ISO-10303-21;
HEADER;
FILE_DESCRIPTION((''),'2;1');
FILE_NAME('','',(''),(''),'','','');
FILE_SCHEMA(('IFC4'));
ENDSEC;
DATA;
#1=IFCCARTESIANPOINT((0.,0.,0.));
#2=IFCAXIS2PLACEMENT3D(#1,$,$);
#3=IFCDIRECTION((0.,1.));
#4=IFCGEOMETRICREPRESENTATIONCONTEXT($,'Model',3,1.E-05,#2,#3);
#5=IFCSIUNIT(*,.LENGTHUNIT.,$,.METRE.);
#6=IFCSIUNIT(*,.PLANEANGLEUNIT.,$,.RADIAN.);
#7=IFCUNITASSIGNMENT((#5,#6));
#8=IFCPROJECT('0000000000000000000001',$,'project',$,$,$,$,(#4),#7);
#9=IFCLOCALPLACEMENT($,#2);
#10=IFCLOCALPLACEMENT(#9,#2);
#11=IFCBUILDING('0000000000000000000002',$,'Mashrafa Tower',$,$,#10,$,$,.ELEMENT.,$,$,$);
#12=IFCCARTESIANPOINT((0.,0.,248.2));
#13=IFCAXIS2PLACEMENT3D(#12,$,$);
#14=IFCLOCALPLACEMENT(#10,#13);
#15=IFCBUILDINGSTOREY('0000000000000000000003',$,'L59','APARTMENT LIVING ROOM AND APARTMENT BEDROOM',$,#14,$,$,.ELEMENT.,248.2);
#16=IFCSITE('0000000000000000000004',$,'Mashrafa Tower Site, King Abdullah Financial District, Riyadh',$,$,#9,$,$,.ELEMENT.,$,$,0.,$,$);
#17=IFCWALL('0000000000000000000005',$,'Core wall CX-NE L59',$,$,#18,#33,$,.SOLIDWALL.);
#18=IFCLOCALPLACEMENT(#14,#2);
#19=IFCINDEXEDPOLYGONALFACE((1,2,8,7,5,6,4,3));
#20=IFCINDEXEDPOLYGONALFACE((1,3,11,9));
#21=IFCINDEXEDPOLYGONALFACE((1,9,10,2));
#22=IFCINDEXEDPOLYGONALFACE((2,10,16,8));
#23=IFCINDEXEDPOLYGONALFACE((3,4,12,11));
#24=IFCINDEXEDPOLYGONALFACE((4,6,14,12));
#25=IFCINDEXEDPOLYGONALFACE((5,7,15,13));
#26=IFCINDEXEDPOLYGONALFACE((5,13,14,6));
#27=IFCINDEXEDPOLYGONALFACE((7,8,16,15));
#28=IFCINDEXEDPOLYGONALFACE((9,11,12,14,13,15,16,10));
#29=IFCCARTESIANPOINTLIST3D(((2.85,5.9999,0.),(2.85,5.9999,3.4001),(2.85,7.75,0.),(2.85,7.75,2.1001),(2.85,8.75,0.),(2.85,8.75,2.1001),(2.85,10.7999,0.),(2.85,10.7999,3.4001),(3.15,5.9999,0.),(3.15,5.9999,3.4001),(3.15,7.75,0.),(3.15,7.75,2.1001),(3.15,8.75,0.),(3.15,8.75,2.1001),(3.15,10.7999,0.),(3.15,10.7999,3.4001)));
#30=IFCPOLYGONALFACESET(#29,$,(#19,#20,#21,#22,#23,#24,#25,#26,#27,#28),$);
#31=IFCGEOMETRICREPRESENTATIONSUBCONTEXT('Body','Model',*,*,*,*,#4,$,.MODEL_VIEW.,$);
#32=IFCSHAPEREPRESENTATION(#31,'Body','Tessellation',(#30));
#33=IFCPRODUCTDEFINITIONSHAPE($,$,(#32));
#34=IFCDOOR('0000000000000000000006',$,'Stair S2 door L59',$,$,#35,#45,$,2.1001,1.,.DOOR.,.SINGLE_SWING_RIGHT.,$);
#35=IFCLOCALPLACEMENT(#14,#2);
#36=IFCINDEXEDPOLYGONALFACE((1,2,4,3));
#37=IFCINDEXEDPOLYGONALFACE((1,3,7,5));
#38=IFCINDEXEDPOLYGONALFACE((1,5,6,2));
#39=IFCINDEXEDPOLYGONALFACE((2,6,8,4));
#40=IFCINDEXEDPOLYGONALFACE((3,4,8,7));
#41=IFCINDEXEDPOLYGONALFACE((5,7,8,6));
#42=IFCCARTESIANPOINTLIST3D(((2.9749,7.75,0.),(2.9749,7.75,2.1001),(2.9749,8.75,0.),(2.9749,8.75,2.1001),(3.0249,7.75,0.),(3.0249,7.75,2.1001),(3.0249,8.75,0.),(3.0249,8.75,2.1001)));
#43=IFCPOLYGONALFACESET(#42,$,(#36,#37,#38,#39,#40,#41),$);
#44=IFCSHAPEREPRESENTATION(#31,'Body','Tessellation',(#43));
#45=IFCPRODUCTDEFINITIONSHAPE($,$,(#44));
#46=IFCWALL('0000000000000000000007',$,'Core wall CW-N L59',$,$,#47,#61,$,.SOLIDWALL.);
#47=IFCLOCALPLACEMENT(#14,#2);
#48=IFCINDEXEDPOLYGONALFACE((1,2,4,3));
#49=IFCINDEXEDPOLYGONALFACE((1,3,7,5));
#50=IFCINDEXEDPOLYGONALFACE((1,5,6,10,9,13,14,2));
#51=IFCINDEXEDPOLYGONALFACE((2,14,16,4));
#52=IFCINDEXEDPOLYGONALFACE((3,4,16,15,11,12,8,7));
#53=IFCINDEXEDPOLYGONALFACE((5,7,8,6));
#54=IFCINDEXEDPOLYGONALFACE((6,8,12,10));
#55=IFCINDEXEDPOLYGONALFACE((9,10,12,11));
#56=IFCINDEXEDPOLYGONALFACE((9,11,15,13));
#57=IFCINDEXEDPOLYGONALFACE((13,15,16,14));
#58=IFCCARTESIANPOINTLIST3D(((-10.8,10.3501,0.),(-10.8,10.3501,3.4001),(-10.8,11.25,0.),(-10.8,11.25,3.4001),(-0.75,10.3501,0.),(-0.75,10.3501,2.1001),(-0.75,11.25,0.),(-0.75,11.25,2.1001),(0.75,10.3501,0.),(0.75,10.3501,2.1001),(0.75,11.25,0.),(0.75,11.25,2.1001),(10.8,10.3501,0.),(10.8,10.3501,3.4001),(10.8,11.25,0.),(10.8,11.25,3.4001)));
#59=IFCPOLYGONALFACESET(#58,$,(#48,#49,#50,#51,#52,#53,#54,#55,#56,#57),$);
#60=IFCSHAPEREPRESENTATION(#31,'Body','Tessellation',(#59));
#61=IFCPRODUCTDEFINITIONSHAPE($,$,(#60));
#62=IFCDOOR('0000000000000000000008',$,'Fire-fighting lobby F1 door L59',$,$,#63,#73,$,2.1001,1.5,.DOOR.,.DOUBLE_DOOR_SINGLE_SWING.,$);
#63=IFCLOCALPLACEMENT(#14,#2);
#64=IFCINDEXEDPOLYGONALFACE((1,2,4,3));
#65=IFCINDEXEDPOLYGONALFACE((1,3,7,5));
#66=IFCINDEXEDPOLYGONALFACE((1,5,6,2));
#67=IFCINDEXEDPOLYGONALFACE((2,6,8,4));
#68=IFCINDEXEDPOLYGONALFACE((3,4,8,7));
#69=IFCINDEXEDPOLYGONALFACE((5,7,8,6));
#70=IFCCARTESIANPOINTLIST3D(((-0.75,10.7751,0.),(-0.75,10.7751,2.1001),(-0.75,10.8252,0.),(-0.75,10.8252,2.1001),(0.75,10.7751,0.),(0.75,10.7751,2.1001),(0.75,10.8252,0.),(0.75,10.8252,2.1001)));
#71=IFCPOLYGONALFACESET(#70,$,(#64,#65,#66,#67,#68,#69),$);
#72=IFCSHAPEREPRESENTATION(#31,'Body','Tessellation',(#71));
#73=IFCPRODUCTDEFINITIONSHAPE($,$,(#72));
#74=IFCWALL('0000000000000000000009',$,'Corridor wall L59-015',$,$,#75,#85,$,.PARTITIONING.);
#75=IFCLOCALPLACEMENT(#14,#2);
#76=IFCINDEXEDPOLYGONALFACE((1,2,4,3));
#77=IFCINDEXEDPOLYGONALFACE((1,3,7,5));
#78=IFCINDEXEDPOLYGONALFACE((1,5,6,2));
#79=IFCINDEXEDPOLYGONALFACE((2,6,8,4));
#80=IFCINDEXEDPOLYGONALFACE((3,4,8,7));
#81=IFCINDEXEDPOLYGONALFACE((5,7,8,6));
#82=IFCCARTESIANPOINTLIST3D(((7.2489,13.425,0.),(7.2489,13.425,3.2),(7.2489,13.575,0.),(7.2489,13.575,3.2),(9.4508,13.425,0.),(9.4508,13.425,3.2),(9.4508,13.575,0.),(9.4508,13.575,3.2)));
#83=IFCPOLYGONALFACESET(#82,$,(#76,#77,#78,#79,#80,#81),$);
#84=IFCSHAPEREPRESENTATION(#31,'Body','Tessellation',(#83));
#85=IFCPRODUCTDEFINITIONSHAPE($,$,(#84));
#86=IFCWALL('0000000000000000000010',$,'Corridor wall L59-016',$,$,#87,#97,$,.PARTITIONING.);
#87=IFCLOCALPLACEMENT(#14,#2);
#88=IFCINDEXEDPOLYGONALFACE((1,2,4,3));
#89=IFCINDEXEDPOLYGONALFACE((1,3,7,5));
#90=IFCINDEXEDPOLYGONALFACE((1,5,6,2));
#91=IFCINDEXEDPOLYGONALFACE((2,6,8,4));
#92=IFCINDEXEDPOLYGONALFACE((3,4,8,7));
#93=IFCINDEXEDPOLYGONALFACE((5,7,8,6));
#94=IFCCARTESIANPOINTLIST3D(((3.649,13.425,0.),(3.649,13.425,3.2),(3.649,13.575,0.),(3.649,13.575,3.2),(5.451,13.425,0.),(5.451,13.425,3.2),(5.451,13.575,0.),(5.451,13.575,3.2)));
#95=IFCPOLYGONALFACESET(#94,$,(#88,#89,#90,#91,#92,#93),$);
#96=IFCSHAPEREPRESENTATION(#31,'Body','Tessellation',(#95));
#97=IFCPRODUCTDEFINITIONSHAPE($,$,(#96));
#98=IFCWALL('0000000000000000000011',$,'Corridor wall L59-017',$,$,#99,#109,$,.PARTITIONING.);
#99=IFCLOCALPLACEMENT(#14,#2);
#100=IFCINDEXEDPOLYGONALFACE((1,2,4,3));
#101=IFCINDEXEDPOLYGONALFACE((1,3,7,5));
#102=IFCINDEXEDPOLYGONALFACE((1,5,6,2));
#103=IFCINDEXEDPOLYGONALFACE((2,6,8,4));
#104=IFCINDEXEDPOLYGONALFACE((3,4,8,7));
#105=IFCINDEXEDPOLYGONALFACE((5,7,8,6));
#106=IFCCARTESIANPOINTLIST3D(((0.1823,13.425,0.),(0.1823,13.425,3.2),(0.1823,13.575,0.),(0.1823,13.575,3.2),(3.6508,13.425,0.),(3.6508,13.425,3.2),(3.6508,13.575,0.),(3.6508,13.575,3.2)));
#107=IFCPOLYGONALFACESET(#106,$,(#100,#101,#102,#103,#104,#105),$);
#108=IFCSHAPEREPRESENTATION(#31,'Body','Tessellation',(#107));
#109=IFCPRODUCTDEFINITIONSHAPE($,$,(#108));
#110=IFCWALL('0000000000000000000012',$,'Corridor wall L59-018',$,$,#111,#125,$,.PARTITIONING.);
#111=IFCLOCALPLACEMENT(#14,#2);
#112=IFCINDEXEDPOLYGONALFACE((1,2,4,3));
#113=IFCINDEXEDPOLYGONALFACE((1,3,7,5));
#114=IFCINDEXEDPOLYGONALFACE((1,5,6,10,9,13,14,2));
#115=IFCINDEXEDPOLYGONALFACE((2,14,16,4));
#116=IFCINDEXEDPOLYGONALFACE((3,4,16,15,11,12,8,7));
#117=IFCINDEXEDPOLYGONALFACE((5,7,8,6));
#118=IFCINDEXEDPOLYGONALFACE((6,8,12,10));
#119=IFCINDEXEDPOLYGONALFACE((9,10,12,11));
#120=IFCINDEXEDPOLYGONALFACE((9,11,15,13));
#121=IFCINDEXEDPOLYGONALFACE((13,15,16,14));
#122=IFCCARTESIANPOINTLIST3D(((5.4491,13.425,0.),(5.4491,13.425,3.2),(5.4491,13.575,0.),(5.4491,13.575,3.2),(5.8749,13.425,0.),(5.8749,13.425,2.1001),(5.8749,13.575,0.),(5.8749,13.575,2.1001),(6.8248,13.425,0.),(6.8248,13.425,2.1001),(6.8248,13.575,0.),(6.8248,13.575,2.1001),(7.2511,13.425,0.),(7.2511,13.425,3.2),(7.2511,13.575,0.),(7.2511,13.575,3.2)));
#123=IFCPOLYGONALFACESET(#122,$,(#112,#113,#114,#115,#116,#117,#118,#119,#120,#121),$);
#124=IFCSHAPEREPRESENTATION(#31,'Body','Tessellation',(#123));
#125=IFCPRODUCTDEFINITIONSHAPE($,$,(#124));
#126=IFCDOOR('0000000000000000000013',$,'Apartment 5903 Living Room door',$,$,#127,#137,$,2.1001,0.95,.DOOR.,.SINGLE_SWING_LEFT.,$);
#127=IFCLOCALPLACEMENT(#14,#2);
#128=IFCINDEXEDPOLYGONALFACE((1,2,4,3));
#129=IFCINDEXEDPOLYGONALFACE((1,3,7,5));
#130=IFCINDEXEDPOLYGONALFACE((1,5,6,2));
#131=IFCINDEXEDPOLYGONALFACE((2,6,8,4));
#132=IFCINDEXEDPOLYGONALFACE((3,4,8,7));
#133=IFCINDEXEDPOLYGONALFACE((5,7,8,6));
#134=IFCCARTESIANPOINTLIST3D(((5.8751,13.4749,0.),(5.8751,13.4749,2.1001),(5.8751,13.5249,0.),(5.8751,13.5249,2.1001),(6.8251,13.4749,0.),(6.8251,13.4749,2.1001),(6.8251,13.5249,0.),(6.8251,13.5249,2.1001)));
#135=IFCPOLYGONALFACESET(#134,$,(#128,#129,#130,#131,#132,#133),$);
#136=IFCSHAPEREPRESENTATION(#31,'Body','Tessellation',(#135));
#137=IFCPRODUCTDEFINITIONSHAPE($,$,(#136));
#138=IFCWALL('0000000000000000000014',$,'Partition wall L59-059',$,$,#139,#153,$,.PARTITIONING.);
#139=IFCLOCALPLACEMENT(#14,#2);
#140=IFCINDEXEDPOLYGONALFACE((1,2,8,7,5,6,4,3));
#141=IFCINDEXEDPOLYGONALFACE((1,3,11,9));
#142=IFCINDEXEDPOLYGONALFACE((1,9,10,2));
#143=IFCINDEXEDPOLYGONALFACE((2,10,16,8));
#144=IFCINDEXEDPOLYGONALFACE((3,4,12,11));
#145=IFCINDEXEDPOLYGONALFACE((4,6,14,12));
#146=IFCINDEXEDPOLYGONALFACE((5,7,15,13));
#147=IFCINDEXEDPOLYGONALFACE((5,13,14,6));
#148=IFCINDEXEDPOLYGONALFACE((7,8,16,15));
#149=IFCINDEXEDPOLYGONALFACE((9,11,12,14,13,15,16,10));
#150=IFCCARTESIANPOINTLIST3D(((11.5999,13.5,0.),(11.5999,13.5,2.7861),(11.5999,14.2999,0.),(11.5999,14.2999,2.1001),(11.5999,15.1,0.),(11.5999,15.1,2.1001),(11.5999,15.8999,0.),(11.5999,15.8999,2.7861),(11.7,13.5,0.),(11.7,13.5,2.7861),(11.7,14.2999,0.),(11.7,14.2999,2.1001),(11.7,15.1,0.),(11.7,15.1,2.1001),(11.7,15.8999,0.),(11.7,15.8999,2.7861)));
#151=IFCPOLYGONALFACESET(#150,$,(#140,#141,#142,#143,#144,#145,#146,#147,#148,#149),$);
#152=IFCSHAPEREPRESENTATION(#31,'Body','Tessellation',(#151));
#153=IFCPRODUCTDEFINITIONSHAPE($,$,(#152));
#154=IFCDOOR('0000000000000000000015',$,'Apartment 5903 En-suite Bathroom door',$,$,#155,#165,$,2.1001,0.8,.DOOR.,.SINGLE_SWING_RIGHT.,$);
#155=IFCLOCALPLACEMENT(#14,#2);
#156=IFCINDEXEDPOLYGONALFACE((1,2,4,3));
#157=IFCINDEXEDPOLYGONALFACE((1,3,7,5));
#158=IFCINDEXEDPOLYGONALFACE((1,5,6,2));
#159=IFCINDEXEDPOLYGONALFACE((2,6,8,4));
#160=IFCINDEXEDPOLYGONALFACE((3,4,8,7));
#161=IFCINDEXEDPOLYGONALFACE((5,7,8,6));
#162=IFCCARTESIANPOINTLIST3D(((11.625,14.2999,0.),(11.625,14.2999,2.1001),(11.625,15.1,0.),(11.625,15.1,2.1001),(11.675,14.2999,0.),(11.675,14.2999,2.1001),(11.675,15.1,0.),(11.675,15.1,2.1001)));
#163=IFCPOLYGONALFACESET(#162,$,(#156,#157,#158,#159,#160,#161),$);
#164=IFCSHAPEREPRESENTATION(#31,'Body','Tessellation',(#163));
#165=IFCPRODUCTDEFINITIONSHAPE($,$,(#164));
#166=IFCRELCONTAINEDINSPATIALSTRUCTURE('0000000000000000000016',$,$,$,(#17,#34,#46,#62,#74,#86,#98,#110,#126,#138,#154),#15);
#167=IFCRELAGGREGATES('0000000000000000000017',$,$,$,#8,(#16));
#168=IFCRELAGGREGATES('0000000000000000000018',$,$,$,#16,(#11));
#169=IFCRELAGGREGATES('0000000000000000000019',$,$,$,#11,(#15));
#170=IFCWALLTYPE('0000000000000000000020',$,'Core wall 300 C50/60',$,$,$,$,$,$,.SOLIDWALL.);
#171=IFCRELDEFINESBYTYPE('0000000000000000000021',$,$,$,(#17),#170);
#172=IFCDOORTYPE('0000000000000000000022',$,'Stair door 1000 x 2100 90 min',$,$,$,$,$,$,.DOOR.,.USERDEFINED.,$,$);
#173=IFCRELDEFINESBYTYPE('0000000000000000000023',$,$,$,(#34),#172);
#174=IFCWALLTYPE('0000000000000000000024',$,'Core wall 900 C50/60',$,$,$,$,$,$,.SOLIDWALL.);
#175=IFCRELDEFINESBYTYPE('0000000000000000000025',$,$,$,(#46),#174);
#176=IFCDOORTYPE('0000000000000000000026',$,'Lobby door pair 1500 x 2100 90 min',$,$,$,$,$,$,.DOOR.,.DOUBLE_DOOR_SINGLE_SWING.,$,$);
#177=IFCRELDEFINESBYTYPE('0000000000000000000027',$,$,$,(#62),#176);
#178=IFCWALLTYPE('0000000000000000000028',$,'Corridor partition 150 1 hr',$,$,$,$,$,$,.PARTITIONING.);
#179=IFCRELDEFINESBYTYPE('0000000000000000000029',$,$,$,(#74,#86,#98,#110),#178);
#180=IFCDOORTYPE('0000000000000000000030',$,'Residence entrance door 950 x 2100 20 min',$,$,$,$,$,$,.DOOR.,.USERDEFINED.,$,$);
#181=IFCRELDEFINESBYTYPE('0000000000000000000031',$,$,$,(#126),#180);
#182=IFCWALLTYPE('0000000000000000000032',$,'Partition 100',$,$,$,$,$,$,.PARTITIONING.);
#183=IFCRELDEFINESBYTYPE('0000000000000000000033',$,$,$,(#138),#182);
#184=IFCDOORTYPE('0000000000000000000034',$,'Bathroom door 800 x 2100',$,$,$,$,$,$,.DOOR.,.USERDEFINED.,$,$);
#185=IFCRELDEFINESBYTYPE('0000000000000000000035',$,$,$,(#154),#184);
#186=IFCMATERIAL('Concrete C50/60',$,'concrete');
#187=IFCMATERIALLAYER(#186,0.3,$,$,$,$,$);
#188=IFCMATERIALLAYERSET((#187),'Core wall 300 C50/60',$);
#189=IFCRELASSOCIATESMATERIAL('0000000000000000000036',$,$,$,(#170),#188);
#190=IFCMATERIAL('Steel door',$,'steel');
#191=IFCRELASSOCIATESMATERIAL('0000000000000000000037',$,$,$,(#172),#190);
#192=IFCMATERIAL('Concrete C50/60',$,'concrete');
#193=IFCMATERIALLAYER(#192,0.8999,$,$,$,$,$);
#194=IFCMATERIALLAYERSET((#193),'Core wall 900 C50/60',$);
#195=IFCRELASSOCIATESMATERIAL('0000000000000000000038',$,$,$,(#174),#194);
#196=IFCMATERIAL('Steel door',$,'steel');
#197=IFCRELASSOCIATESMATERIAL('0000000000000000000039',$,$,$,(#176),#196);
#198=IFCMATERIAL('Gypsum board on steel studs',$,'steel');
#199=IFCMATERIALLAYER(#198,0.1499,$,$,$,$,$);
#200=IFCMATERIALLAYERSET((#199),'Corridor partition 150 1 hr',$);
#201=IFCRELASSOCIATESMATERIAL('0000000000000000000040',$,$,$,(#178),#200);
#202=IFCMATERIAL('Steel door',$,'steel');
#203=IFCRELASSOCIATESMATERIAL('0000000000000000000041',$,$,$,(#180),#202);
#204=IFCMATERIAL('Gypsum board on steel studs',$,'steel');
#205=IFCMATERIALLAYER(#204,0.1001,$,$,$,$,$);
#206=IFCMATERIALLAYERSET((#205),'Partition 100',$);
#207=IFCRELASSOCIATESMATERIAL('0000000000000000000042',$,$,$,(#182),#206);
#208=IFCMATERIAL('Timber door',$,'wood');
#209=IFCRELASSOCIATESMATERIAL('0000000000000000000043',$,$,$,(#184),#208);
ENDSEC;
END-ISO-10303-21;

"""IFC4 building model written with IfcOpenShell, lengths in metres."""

from ifc_helpers import new_model, si_unit, direction, frame, frame_2d, origin, place, context, subcontext, project, spatial, rectangle, extrude, material, layer, layer_set, type_object, element, fill, save


model = new_model("IFC4")

# Units and contexts
model_context = context("Model", 3, precision=1e-05, world=origin(), true_north=direction((0.0, 1.0)))
body_context = subcontext(model_context, "Body", "Model", "MODEL_VIEW")
ifc_project = project(units=[si_unit("LENGTHUNIT", "METRE"), si_unit("PLANEANGLEUNIT", "RADIAN")], contexts=[model_context])

# Site, building, storey
site_placement = place(None, origin())
site = spatial("IfcSite", under=ifc_project, at=site_placement, Name="Mashrafa Tower Site, King Abdullah Financial District, Riyadh", CompositionType="ELEMENT", RefElevation=0.0)
building_placement = place(site_placement, origin())
building = spatial("IfcBuilding", under=site, at=building_placement, Name="Mashrafa Tower", CompositionType="ELEMENT")
storey_placement = place(building_placement, frame((0.0, 0.0, 248.2)))
storey = spatial("IfcBuildingStorey", under=building, at=storey_placement, Name="L59", Description="APARTMENT LIVING ROOM AND APARTMENT BEDROOM", CompositionType="ELEMENT", Elevation=248.2)

# Walls, openings, doors
ifc_material_1 = material(Name="Concrete C50/60", Category="concrete")
ifc_layer_1 = layer(ifc_material_1, 0.3)
ifc_layer_set_1 = layer_set([ifc_layer_1], Name="Core wall 300 C50/60")
wall_type_1 = type_object("IfcWallType", Name="Core wall 300 C50/60", PredefinedType="SOLIDWALL", material=ifc_layer_set_1)
wall_1_placement = place(storey_placement, frame((3.0, 6.0, 0.0), z_axis=(0.0, 0.0, 1.0), x_axis=(0.0, 1.0, 0.0)))
wall_1 = element("IfcWall", 1, at=wall_1_placement, inside=storey, type_object=wall_type_1, Name="Core wall CX-NE L59", PredefinedType="SOLIDWALL", context=body_context, shape_type="SweptSolid", body=[
    extrude(rectangle(XDim=4.8, YDim=0.3, at=frame_2d((2.3999, 0.0))), origin(), (0.0, 0.0, 1.0), 3.4001),
])
opening_1_placement = place(wall_1_placement, frame((1.75, 0.0, 0.0)))
opening_1 = element("IfcOpeningElement", 2, at=opening_1_placement, cuts=wall_1, PredefinedType="OPENING", context=body_context, shape_type="SweptSolid", body=[
    extrude(rectangle(XDim=1.0, YDim=2.1001, at=frame_2d((0.5, 1.05))), frame((0.0, 0.1599, 0.0), z_axis=(0.0, -1.0, 0.0), x_axis=(1.0, 0.0, 0.0)), (0.0, 0.0, 1.0), 0.3201),
])
ifc_material_2 = material(Name="Steel door", Category="steel")
door_type_1 = type_object("IfcDoorType", Name="Stair door 1000 x 2100 90 min", OperationType="USERDEFINED", PredefinedType="DOOR", material=ifc_material_2)
door_1_placement = place(opening_1_placement, frame((1.0, 0.0, 0.0), z_axis=(0.0, 0.0, 1.0), x_axis=(-1.0, 0.0, 0.0)))
door_1 = element("IfcDoor", 3, at=door_1_placement, inside=storey, type_object=door_type_1, Name="Stair S2 door L59", OperationType="SINGLE_SWING_RIGHT", OverallHeight=2.1001, OverallWidth=1.0, PredefinedType="DOOR", context=body_context, shape_type="SweptSolid", body=[
    extrude(rectangle(XDim=1.0, YDim=2.1001, at=frame_2d((0.5, 1.05))), frame((0.0, 0.0249, 0.0), z_axis=(0.0, -1.0, 0.0), x_axis=(1.0, 0.0, 0.0)), (0.0, 0.0, 1.0), 0.05),
])
fill(opening_1, door_1)
ifc_material_3 = material(Name="Concrete C50/60", Category="concrete")
ifc_layer_2 = layer(ifc_material_3, 0.8999)
ifc_layer_set_2 = layer_set([ifc_layer_2], Name="Core wall 900 C50/60")
wall_type_2 = type_object("IfcWallType", Name="Core wall 900 C50/60", PredefinedType="SOLIDWALL", material=ifc_layer_set_2)
wall_2_placement = place(storey_placement, frame((10.8, 10.8, 0.0), z_axis=(0.0, 0.0, 1.0), x_axis=(-1.0, 0.0, 0.0)))
wall_2 = element("IfcWall", 4, at=wall_2_placement, inside=storey, type_object=wall_type_2, Name="Core wall CW-N L59", PredefinedType="SOLIDWALL", context=body_context, shape_type="SweptSolid", body=[
    extrude(rectangle(XDim=21.6001, YDim=0.8999, at=frame_2d((10.8, 0.0))), origin(), (0.0, 0.0, 1.0), 3.4001),
])
opening_2_placement = place(wall_2_placement, frame((10.05, 0.0, 0.0)))
opening_2 = element("IfcOpeningElement", 5, at=opening_2_placement, cuts=wall_2, PredefinedType="OPENING", context=body_context, shape_type="SweptSolid", body=[
    extrude(rectangle(XDim=1.5, YDim=2.1001, at=frame_2d((0.75, 1.05))), frame((0.0, 0.46, 0.0), z_axis=(0.0, -1.0, 0.0), x_axis=(1.0, 0.0, 0.0)), (0.0, 0.0, 1.0), 0.9199),
])
ifc_material_4 = material(Name="Steel door", Category="steel")
door_type_2 = type_object("IfcDoorType", Name="Lobby door pair 1500 x 2100 90 min", OperationType="DOUBLE_DOOR_SINGLE_SWING", PredefinedType="DOOR", material=ifc_material_4)
door_2_placement = place(opening_2_placement, origin())
door_2 = element("IfcDoor", 6, at=door_2_placement, inside=storey, type_object=door_type_2, Name="Fire-fighting lobby F1 door L59", OperationType="DOUBLE_DOOR_SINGLE_SWING", OverallHeight=2.1001, OverallWidth=1.5, PredefinedType="DOOR", context=body_context, shape_type="SweptSolid", body=[
    extrude(rectangle(XDim=1.5, YDim=2.1001, at=frame_2d((0.75, 1.05))), frame((0.0, 0.0249, 0.0), z_axis=(0.0, -1.0, 0.0), x_axis=(1.0, 0.0, 0.0)), (0.0, 0.0, 1.0), 0.05),
])
fill(opening_2, door_2)

# Walls
ifc_material_5 = material(Name="Gypsum board on steel studs", Category="steel")
ifc_layer_3 = layer(ifc_material_5, 0.1499)
ifc_layer_set_3 = layer_set([ifc_layer_3], Name="Corridor partition 150 1 hr")
wall_type_3 = type_object("IfcWallType", Name="Corridor partition 150 1 hr", PredefinedType="PARTITIONING", material=ifc_layer_set_3)
wall_3_placement = place(storey_placement, frame((9.4509, 13.5, 0.0), z_axis=(0.0, 0.0, 1.0), x_axis=(-1.0, 0.0, 0.0)))
element("IfcWall", 7, at=wall_3_placement, inside=storey, type_object=wall_type_3, Name="Corridor wall L59-015", PredefinedType="PARTITIONING", context=body_context, shape_type="SweptSolid", body=[
    extrude(rectangle(XDim=2.2019, YDim=0.1499, at=frame_2d((1.1011, 0.0))), origin(), (0.0, 0.0, 1.0), 3.2),
])
wall_4_placement = place(storey_placement, frame((5.4509, 13.5, 0.0), z_axis=(0.0, 0.0, 1.0), x_axis=(-1.0, 0.0, 0.0)))
element("IfcWall", 8, at=wall_4_placement, inside=storey, type_object=wall_type_3, Name="Corridor wall L59-016", PredefinedType="PARTITIONING", context=body_context, shape_type="SweptSolid", body=[
    extrude(rectangle(XDim=1.802, YDim=0.1499, at=frame_2d((0.9009, 0.0))), origin(), (0.0, 0.0, 1.0), 3.2),
])
wall_5_placement = place(storey_placement, frame((3.6509, 13.5, 0.0), z_axis=(0.0, 0.0, 1.0), x_axis=(-1.0, 0.0, 0.0)))
element("IfcWall", 9, at=wall_5_placement, inside=storey, type_object=wall_type_3, Name="Corridor wall L59-017", PredefinedType="PARTITIONING", context=body_context, shape_type="SweptSolid", body=[
    extrude(rectangle(XDim=3.4685, YDim=0.1499, at=frame_2d((1.7344, 0.0))), origin(), (0.0, 0.0, 1.0), 3.2),
])

# Walls, openings, doors
wall_6_placement = place(storey_placement, frame((7.251, 13.5, 0.0), z_axis=(0.0, 0.0, 1.0), x_axis=(-1.0, 0.0, 0.0)))
wall_6 = element("IfcWall", 10, at=wall_6_placement, inside=storey, type_object=wall_type_3, Name="Corridor wall L59-018", PredefinedType="PARTITIONING", context=body_context, shape_type="SweptSolid", body=[
    extrude(rectangle(XDim=1.802, YDim=0.1499, at=frame_2d((0.9009, 0.0))), origin(), (0.0, 0.0, 1.0), 3.2),
])
opening_3_placement = place(wall_6_placement, frame((0.426, 0.0, 0.0)))
opening_3 = element("IfcOpeningElement", 11, at=opening_3_placement, cuts=wall_6, PredefinedType="OPENING", context=body_context, shape_type="SweptSolid", body=[
    extrude(rectangle(XDim=0.95, YDim=2.1001, at=frame_2d((0.4751, 1.05))), frame((0.0, 0.085, 0.0), z_axis=(0.0, -1.0, 0.0), x_axis=(1.0, 0.0, 0.0)), (0.0, 0.0, 1.0), 0.1699),
])
ifc_material_6 = material(Name="Steel door", Category="steel")
door_type_3 = type_object("IfcDoorType", Name="Residence entrance door 950 x 2100 20 min", OperationType="USERDEFINED", PredefinedType="DOOR", material=ifc_material_6)
door_3_placement = place(opening_3_placement, frame((0.95, 0.0, 0.0), z_axis=(0.0, 0.0, 1.0), x_axis=(-1.0, 0.0, 0.0)))
door_3 = element("IfcDoor", 12, at=door_3_placement, inside=storey, type_object=door_type_3, Name="Apartment 5903 Living Room door", OperationType="SINGLE_SWING_LEFT", OverallHeight=2.1001, OverallWidth=0.95, PredefinedType="DOOR", context=body_context, shape_type="SweptSolid", body=[
    extrude(rectangle(XDim=0.95, YDim=2.1001, at=frame_2d((0.4751, 1.05))), frame((0.0, 0.0249, 0.0), z_axis=(0.0, -1.0, 0.0), x_axis=(1.0, 0.0, 0.0)), (0.0, 0.0, 1.0), 0.05),
])
fill(opening_3, door_3)
ifc_material_7 = material(Name="Gypsum board on steel studs", Category="steel")
ifc_layer_4 = layer(ifc_material_7, 0.1001)
ifc_layer_set_4 = layer_set([ifc_layer_4], Name="Partition 100")
wall_type_4 = type_object("IfcWallType", Name="Partition 100", PredefinedType="PARTITIONING", material=ifc_layer_set_4)
wall_7_placement = place(storey_placement, frame((11.6499, 13.5, 0.0), z_axis=(0.0, 0.0, 1.0), x_axis=(0.0, 1.0, 0.0)))
wall_7 = element("IfcWall", 13, at=wall_7_placement, inside=storey, type_object=wall_type_4, Name="Partition wall L59-059", PredefinedType="PARTITIONING", context=body_context, shape_type="SweptSolid", body=[
    extrude(rectangle(XDim=2.3999, YDim=0.1001, at=frame_2d((1.2, 0.0))), origin(), (0.0, 0.0, 1.0), 2.7861),
])
opening_4_placement = place(wall_7_placement, frame((0.8, 0.0, 0.0)))
opening_4 = element("IfcOpeningElement", 14, at=opening_4_placement, cuts=wall_7, PredefinedType="OPENING", context=body_context, shape_type="SweptSolid", body=[
    extrude(rectangle(XDim=0.8, YDim=2.1001, at=frame_2d((0.3999, 1.05))), frame((0.0, 0.0601, 0.0), z_axis=(0.0, -1.0, 0.0), x_axis=(1.0, 0.0, 0.0)), (0.0, 0.0, 1.0), 0.1201),
])
ifc_material_8 = material(Name="Timber door", Category="wood")
door_type_4 = type_object("IfcDoorType", Name="Bathroom door 800 x 2100", OperationType="USERDEFINED", PredefinedType="DOOR", material=ifc_material_8)
door_4_placement = place(opening_4_placement, origin())
door_4 = element("IfcDoor", 15, at=door_4_placement, inside=storey, type_object=door_type_4, Name="Apartment 5903 En-suite Bathroom door", OperationType="SINGLE_SWING_RIGHT", OverallHeight=2.1001, OverallWidth=0.8, PredefinedType="DOOR", context=body_context, shape_type="SweptSolid", body=[
    extrude(rectangle(XDim=0.8, YDim=2.1001, at=frame_2d((0.3999, 1.05))), frame((0.0, 0.0249, 0.0), z_axis=(0.0, -1.0, 0.0), x_axis=(1.0, 0.0, 0.0)), (0.0, 0.0, 1.0), 0.05),
])
fill(opening_4, door_4)

save(model, "model.ifc")
